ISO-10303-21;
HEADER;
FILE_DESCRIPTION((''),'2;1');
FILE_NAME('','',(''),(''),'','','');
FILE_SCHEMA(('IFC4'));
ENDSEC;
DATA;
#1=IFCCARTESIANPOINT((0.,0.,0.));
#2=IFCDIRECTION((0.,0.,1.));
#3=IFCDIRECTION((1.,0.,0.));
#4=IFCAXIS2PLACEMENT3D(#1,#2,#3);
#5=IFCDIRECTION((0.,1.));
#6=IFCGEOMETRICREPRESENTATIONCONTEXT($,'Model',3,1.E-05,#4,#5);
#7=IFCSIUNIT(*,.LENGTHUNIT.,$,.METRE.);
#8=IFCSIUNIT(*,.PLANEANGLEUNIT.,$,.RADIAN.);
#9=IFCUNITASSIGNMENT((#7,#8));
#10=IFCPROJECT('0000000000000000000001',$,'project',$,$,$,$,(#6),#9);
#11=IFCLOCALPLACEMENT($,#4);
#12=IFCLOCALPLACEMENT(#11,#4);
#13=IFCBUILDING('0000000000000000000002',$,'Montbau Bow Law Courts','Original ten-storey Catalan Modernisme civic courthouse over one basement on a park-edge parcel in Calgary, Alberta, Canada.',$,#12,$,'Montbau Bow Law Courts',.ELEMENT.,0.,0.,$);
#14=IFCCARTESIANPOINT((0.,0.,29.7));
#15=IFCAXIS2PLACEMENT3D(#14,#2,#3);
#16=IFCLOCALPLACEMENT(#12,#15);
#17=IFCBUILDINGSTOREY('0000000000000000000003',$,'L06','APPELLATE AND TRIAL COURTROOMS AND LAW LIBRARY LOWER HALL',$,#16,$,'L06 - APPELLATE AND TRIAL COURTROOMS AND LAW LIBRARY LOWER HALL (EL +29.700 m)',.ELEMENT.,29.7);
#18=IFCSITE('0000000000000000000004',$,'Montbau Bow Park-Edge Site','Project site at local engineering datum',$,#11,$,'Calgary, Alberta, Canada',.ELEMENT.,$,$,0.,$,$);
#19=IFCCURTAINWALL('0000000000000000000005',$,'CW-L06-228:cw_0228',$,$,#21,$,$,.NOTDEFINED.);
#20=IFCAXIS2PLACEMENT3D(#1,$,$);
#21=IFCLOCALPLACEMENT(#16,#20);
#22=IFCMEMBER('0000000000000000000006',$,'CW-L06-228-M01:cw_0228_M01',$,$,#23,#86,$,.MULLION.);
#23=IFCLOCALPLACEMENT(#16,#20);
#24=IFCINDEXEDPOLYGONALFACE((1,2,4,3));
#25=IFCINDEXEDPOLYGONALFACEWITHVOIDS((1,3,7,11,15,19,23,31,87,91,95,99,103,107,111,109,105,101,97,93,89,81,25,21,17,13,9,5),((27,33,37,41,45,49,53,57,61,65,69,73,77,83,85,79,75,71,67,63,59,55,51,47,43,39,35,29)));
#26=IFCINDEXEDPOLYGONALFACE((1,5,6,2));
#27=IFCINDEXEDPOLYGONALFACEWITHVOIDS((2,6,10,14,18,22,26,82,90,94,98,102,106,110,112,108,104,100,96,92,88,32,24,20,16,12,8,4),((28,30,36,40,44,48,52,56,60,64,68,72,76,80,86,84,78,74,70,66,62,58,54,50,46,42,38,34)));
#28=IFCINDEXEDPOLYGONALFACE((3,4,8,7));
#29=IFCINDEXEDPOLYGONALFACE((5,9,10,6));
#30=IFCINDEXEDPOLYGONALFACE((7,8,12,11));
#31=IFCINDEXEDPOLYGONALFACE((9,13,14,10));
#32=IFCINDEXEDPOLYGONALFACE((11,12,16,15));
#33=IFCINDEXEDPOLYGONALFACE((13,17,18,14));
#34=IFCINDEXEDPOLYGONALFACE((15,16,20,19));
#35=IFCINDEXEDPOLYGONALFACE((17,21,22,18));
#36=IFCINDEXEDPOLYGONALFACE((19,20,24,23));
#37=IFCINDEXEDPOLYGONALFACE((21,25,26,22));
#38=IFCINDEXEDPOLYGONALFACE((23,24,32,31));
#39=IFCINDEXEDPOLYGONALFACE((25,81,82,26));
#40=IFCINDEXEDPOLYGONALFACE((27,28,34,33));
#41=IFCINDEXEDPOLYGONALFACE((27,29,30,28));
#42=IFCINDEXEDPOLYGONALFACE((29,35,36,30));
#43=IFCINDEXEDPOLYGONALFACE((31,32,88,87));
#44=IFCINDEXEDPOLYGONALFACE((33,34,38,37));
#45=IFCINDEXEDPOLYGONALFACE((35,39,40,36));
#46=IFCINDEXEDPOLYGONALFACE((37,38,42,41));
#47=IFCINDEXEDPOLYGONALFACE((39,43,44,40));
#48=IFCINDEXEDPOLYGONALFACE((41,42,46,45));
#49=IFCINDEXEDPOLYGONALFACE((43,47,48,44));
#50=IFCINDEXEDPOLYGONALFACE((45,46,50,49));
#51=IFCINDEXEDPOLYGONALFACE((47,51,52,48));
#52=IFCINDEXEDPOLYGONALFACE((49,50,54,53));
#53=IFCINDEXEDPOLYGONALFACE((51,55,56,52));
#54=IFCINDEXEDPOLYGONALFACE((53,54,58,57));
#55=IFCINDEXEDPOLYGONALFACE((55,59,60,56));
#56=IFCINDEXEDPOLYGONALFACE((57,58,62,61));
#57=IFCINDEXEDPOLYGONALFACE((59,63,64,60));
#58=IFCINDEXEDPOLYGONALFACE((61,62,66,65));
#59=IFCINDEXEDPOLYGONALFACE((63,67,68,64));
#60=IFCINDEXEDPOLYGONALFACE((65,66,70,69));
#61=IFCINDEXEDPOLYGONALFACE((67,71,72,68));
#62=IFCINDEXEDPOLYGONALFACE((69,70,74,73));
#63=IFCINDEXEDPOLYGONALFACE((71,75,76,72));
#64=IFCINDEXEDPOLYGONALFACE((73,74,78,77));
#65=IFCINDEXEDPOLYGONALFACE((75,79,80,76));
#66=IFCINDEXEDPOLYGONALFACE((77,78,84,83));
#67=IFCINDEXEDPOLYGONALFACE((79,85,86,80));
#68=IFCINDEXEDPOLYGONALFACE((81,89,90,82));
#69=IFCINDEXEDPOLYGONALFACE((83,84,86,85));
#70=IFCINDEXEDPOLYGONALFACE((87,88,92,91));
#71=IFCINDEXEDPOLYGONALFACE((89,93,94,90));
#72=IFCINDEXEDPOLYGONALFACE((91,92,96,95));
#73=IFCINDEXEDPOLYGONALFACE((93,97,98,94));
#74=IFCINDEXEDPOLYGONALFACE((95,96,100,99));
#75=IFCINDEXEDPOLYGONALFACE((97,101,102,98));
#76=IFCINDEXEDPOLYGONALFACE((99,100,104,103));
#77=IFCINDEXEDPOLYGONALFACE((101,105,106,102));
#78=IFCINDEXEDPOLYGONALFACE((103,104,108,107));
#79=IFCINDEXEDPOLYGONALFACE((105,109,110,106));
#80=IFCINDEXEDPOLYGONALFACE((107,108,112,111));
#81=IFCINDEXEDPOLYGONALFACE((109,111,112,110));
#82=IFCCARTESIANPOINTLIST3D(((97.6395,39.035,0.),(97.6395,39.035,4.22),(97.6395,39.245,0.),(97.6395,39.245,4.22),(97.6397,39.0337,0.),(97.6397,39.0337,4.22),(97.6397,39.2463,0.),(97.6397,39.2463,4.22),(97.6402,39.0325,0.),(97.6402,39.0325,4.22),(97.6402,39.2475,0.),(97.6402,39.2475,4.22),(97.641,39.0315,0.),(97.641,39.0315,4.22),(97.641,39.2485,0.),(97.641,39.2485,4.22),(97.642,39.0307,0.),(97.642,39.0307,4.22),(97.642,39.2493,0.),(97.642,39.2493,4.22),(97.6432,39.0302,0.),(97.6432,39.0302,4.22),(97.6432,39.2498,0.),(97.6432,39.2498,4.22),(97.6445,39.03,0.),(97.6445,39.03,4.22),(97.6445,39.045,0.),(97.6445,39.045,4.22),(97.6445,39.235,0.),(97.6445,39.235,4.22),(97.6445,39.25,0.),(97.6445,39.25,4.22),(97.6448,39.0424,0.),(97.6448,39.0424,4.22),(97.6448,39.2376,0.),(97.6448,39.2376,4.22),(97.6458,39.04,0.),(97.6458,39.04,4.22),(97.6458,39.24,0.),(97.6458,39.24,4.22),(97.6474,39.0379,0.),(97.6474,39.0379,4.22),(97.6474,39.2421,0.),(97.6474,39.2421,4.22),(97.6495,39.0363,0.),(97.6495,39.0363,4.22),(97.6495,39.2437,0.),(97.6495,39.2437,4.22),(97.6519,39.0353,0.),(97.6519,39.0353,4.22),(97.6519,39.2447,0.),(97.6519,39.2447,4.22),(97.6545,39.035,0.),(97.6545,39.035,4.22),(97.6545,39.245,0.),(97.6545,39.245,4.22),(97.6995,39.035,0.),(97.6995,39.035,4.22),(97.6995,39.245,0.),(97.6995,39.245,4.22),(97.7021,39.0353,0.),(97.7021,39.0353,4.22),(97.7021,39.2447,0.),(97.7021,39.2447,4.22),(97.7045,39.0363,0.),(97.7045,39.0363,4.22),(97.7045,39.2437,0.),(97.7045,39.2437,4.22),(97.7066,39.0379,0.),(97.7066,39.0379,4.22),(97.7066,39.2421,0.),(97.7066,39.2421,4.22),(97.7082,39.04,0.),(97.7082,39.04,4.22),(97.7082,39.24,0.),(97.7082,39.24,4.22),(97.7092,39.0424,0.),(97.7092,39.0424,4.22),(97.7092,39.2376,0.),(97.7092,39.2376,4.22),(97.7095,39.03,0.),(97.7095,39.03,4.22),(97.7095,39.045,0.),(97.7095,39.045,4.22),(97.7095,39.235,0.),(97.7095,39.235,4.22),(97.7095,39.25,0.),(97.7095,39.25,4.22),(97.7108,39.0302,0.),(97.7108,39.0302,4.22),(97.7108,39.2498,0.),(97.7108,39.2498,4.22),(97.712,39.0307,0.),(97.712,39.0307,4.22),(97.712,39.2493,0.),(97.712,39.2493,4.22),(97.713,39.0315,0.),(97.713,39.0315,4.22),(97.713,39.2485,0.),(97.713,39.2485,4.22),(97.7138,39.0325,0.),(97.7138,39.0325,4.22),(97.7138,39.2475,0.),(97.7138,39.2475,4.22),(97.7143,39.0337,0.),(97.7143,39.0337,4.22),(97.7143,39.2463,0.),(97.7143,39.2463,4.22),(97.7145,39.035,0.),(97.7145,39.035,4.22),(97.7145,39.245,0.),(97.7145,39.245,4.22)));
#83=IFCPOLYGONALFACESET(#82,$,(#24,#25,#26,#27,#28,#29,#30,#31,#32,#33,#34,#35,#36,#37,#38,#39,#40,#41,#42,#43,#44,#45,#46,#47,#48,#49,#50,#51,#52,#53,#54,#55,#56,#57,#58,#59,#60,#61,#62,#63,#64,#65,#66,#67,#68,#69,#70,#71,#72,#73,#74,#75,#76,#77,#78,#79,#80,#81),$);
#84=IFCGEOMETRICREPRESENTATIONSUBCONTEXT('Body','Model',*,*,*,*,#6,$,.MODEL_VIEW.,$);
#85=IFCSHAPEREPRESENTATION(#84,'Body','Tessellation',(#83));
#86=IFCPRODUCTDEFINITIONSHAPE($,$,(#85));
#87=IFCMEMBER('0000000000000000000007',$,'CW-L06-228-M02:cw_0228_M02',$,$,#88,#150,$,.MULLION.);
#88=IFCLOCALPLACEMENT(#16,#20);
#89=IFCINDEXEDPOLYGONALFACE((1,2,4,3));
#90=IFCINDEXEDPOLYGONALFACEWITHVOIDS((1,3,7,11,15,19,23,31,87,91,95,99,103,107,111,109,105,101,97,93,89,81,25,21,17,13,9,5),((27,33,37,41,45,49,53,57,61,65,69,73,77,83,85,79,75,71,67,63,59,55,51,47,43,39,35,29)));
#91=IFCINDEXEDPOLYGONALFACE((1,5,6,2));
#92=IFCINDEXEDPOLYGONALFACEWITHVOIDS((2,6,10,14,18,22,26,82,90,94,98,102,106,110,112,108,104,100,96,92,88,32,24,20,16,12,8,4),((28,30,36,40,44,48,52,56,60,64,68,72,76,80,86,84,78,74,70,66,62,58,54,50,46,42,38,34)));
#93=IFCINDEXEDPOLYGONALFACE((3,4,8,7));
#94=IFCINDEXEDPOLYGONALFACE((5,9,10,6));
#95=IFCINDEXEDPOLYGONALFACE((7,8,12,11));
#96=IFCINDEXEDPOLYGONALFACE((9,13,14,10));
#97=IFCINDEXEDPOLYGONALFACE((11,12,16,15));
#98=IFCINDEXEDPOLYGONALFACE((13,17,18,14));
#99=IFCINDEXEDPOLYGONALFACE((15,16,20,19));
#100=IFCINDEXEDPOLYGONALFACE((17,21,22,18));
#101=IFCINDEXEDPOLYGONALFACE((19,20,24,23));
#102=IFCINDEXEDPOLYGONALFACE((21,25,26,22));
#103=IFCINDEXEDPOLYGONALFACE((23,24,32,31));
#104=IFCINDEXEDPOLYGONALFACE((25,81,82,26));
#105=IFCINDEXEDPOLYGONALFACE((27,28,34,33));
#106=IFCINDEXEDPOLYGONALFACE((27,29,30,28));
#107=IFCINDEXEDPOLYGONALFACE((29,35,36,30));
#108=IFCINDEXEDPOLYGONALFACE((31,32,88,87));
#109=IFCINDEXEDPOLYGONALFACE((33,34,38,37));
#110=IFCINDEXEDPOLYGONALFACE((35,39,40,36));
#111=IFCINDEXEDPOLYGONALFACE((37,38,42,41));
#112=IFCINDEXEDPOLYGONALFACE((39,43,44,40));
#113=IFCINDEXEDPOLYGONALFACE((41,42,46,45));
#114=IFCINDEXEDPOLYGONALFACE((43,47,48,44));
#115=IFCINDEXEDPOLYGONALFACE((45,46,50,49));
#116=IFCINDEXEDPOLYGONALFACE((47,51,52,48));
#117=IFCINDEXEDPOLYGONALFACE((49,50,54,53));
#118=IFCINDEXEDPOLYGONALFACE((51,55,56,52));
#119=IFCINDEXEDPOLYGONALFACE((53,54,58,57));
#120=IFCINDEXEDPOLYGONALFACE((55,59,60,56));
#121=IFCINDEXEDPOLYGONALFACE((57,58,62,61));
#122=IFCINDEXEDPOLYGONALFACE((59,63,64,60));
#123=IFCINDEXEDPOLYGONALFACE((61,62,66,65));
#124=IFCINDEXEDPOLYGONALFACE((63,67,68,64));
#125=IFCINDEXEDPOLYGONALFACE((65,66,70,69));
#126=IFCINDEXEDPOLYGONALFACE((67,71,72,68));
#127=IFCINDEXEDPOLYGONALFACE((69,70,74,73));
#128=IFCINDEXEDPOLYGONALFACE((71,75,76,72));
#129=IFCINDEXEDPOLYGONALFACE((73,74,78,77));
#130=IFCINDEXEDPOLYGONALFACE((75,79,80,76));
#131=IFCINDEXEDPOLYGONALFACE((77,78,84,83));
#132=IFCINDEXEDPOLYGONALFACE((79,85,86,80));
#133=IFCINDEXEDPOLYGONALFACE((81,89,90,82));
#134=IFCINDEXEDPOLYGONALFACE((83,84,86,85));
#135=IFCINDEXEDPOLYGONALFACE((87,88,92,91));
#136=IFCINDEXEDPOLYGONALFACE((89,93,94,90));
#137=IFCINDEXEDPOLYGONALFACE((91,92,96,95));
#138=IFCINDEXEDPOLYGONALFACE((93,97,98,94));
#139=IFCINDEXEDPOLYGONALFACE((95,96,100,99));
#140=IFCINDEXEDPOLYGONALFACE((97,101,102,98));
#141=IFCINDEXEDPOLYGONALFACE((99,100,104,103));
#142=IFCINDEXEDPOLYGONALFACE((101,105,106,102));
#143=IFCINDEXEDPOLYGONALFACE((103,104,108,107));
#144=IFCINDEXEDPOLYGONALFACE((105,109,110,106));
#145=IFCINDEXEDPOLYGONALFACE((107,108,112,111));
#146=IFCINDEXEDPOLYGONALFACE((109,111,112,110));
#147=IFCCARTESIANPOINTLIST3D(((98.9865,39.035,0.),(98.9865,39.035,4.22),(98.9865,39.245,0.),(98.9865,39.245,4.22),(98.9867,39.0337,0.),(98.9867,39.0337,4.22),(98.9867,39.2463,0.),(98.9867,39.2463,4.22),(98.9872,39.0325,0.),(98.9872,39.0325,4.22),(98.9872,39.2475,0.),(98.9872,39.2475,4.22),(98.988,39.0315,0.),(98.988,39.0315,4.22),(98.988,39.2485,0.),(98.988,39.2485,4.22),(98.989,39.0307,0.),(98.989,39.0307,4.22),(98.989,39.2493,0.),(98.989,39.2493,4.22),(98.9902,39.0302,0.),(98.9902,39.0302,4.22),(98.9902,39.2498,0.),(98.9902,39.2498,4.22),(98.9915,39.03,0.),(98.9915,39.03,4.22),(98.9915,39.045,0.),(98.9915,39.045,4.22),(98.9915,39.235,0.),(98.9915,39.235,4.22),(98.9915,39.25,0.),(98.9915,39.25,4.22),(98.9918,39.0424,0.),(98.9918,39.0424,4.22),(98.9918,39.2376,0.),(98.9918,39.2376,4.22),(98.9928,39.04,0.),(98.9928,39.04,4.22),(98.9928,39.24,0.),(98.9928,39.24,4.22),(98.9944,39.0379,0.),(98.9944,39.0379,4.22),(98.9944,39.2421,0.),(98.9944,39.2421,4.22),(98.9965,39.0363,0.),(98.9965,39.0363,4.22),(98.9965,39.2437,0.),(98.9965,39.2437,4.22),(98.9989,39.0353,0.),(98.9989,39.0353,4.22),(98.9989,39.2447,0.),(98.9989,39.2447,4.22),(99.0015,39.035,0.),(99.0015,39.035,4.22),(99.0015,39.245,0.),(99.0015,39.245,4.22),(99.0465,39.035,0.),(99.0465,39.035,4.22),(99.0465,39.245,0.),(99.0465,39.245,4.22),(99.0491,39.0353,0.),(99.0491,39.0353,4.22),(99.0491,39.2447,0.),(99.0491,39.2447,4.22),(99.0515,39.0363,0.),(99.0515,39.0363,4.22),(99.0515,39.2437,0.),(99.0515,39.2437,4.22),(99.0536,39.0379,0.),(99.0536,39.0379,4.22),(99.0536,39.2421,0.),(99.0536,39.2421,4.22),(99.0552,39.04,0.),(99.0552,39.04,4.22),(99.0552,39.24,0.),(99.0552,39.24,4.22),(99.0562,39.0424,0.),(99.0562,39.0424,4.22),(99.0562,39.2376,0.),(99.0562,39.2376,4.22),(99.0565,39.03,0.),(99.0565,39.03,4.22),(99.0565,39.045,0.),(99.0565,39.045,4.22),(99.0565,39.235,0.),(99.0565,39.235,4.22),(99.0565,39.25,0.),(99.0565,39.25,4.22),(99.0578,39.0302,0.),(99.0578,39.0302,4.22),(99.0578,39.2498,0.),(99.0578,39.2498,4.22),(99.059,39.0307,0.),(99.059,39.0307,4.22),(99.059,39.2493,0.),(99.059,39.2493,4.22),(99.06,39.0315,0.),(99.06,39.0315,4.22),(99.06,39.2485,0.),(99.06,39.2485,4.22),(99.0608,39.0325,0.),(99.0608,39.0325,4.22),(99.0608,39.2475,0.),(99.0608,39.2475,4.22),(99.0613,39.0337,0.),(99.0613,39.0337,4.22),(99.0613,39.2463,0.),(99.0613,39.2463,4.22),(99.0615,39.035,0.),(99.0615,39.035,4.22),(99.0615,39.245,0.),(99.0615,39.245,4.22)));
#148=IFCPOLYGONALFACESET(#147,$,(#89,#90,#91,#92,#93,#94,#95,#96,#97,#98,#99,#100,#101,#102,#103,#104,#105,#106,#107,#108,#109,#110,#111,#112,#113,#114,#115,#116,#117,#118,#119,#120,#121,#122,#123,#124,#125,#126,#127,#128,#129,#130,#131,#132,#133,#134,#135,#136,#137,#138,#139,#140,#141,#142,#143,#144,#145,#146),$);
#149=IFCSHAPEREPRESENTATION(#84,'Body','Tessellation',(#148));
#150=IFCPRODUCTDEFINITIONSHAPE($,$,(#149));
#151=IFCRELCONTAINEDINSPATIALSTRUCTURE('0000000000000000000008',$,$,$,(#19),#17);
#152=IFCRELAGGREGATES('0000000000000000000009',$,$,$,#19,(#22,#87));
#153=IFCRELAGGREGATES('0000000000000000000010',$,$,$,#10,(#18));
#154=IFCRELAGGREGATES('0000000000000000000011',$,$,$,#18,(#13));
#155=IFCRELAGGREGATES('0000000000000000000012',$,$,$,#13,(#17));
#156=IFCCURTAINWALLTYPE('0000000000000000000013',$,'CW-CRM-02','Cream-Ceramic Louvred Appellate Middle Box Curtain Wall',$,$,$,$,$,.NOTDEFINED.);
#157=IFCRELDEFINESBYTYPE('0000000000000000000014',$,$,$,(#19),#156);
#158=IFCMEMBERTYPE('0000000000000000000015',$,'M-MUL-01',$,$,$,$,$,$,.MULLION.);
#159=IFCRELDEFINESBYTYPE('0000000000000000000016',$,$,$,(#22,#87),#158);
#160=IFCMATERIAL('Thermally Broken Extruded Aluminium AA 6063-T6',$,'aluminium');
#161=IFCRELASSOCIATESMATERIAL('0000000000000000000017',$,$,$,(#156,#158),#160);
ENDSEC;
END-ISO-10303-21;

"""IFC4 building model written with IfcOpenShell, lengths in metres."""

from ifc_helpers import new_model, si_unit, direction, frame, origin_with_axes, origin_2d_with_axis, place, context, subcontext, project, spatial, hollow_rectangle, extrude, material, material_profile, profile_set, type_object, element, aggregate, save


model = new_model("IFC4")

# Units and contexts
model_context = context("Model", 3, precision=1e-05, world=origin_with_axes(), true_north=direction((0.0, 1.0)))
body_context = subcontext(model_context, "Body", "Model", "MODEL_VIEW")
ifc_project = project(units=[si_unit("LENGTHUNIT", "METRE"), si_unit("PLANEANGLEUNIT", "RADIAN")], contexts=[model_context])

# Site, building, storey
site_placement = place(None, origin_with_axes())
site = spatial("IfcSite", under=ifc_project, at=site_placement, Name="Montbau Bow Park-Edge Site", Description="Project site at local engineering datum", LongName="Calgary, Alberta, Canada", CompositionType="ELEMENT", RefElevation=0.0)
building_placement = place(site_placement, origin_with_axes())
building = spatial("IfcBuilding", under=site, at=building_placement, Name="Montbau Bow Law Courts", Description="Original ten-storey Catalan Modernisme civic courthouse over one basement on a park-edge parcel in Calgary, Alberta, Canada.", LongName="Montbau Bow Law Courts", CompositionType="ELEMENT", ElevationOfRefHeight=0.0, ElevationOfTerrain=0.0)
storey_placement = place(building_placement, frame((0.0, 0.0, 29.7), z_axis=(0.0, 0.0, 1.0), x_axis=(1.0, 0.0, 0.0)))
storey = spatial("IfcBuildingStorey", under=building, at=storey_placement, Name="L06", Description="APPELLATE AND TRIAL COURTROOMS AND LAW LIBRARY LOWER HALL", LongName="L06 - APPELLATE AND TRIAL COURTROOMS AND LAW LIBRARY LOWER HALL (EL +29.700 m)", CompositionType="ELEMENT", Elevation=29.7)

# Curtain wall, members
ifc_material_1 = material(Name="Thermally Broken Extruded Aluminium AA 6063-T6", Category="aluminium")
curtain_wall_type = type_object("IfcCurtainWallType", Name="CW-CRM-02", Description="Cream-Ceramic Louvred Appellate Middle Box Curtain Wall", PredefinedType="NOTDEFINED", material=ifc_material_1)
curtain_wall_placement = place(None, frame((97.64, 39.14, 29.7), z_axis=(0.0, 0.0, 1.0), x_axis=(1.0, 0.0, 0.0)))
curtain_wall = element("IfcCurtainWall", 1, at=curtain_wall_placement, inside=storey, type_object=curtain_wall_type, Name="CW-L06-228:cw_0228", PredefinedType="NOTDEFINED")
ifc_material_profile_1 = material_profile(ifc_material_1, hollow_rectangle(XDim=0.075, YDim=0.22, WallThickness=0.005, InnerFilletRadius=0.01, OuterFilletRadius=0.005, at=origin_2d_with_axis()), Name="CWM-220X75", Category="Main", Priority=0)
ifc_profile_set_1 = profile_set([ifc_material_profile_1], Name="Thermally Broken Extruded Aluminium AA 6063-T6")
member_type_1 = type_object("IfcMemberType", Name="M-MUL-01", PredefinedType="MULLION", material=ifc_profile_set_1)
member_1_placement = place(None, frame((97.677, 39.14, 29.7), z_axis=(0.0, 0.0, 1.0), x_axis=(1.0, 0.0, 0.0)))
member_1 = element("IfcMember", 2, at=member_1_placement, type_object=member_type_1, Name="CW-L06-228-M01:cw_0228_M01", PredefinedType="MULLION", context=body_context, shape_type="SweptSolid", body=[
    extrude(hollow_rectangle(XDim=0.075, YDim=0.22, WallThickness=0.005, InnerFilletRadius=0.01, OuterFilletRadius=0.005, at=origin_2d_with_axis()), origin_with_axes(), (0.0, 0.0, 1.0), 4.22),
])
member_2_placement = place(None, frame((99.024, 39.14, 29.7), z_axis=(0.0, 0.0, 1.0), x_axis=(1.0, 0.0, 0.0)))
member_2 = element("IfcMember", 3, at=member_2_placement, type_object=member_type_1, Name="CW-L06-228-M02:cw_0228_M02", PredefinedType="MULLION", context=body_context, shape_type="SweptSolid", body=[
    extrude(hollow_rectangle(XDim=0.075, YDim=0.22, WallThickness=0.005, InnerFilletRadius=0.01, OuterFilletRadius=0.005, at=origin_2d_with_axis()), origin_with_axes(), (0.0, 0.0, 1.0), 4.22),
])
aggregate(curtain_wall, [member_1, member_2])

save(model, "model.ifc")
